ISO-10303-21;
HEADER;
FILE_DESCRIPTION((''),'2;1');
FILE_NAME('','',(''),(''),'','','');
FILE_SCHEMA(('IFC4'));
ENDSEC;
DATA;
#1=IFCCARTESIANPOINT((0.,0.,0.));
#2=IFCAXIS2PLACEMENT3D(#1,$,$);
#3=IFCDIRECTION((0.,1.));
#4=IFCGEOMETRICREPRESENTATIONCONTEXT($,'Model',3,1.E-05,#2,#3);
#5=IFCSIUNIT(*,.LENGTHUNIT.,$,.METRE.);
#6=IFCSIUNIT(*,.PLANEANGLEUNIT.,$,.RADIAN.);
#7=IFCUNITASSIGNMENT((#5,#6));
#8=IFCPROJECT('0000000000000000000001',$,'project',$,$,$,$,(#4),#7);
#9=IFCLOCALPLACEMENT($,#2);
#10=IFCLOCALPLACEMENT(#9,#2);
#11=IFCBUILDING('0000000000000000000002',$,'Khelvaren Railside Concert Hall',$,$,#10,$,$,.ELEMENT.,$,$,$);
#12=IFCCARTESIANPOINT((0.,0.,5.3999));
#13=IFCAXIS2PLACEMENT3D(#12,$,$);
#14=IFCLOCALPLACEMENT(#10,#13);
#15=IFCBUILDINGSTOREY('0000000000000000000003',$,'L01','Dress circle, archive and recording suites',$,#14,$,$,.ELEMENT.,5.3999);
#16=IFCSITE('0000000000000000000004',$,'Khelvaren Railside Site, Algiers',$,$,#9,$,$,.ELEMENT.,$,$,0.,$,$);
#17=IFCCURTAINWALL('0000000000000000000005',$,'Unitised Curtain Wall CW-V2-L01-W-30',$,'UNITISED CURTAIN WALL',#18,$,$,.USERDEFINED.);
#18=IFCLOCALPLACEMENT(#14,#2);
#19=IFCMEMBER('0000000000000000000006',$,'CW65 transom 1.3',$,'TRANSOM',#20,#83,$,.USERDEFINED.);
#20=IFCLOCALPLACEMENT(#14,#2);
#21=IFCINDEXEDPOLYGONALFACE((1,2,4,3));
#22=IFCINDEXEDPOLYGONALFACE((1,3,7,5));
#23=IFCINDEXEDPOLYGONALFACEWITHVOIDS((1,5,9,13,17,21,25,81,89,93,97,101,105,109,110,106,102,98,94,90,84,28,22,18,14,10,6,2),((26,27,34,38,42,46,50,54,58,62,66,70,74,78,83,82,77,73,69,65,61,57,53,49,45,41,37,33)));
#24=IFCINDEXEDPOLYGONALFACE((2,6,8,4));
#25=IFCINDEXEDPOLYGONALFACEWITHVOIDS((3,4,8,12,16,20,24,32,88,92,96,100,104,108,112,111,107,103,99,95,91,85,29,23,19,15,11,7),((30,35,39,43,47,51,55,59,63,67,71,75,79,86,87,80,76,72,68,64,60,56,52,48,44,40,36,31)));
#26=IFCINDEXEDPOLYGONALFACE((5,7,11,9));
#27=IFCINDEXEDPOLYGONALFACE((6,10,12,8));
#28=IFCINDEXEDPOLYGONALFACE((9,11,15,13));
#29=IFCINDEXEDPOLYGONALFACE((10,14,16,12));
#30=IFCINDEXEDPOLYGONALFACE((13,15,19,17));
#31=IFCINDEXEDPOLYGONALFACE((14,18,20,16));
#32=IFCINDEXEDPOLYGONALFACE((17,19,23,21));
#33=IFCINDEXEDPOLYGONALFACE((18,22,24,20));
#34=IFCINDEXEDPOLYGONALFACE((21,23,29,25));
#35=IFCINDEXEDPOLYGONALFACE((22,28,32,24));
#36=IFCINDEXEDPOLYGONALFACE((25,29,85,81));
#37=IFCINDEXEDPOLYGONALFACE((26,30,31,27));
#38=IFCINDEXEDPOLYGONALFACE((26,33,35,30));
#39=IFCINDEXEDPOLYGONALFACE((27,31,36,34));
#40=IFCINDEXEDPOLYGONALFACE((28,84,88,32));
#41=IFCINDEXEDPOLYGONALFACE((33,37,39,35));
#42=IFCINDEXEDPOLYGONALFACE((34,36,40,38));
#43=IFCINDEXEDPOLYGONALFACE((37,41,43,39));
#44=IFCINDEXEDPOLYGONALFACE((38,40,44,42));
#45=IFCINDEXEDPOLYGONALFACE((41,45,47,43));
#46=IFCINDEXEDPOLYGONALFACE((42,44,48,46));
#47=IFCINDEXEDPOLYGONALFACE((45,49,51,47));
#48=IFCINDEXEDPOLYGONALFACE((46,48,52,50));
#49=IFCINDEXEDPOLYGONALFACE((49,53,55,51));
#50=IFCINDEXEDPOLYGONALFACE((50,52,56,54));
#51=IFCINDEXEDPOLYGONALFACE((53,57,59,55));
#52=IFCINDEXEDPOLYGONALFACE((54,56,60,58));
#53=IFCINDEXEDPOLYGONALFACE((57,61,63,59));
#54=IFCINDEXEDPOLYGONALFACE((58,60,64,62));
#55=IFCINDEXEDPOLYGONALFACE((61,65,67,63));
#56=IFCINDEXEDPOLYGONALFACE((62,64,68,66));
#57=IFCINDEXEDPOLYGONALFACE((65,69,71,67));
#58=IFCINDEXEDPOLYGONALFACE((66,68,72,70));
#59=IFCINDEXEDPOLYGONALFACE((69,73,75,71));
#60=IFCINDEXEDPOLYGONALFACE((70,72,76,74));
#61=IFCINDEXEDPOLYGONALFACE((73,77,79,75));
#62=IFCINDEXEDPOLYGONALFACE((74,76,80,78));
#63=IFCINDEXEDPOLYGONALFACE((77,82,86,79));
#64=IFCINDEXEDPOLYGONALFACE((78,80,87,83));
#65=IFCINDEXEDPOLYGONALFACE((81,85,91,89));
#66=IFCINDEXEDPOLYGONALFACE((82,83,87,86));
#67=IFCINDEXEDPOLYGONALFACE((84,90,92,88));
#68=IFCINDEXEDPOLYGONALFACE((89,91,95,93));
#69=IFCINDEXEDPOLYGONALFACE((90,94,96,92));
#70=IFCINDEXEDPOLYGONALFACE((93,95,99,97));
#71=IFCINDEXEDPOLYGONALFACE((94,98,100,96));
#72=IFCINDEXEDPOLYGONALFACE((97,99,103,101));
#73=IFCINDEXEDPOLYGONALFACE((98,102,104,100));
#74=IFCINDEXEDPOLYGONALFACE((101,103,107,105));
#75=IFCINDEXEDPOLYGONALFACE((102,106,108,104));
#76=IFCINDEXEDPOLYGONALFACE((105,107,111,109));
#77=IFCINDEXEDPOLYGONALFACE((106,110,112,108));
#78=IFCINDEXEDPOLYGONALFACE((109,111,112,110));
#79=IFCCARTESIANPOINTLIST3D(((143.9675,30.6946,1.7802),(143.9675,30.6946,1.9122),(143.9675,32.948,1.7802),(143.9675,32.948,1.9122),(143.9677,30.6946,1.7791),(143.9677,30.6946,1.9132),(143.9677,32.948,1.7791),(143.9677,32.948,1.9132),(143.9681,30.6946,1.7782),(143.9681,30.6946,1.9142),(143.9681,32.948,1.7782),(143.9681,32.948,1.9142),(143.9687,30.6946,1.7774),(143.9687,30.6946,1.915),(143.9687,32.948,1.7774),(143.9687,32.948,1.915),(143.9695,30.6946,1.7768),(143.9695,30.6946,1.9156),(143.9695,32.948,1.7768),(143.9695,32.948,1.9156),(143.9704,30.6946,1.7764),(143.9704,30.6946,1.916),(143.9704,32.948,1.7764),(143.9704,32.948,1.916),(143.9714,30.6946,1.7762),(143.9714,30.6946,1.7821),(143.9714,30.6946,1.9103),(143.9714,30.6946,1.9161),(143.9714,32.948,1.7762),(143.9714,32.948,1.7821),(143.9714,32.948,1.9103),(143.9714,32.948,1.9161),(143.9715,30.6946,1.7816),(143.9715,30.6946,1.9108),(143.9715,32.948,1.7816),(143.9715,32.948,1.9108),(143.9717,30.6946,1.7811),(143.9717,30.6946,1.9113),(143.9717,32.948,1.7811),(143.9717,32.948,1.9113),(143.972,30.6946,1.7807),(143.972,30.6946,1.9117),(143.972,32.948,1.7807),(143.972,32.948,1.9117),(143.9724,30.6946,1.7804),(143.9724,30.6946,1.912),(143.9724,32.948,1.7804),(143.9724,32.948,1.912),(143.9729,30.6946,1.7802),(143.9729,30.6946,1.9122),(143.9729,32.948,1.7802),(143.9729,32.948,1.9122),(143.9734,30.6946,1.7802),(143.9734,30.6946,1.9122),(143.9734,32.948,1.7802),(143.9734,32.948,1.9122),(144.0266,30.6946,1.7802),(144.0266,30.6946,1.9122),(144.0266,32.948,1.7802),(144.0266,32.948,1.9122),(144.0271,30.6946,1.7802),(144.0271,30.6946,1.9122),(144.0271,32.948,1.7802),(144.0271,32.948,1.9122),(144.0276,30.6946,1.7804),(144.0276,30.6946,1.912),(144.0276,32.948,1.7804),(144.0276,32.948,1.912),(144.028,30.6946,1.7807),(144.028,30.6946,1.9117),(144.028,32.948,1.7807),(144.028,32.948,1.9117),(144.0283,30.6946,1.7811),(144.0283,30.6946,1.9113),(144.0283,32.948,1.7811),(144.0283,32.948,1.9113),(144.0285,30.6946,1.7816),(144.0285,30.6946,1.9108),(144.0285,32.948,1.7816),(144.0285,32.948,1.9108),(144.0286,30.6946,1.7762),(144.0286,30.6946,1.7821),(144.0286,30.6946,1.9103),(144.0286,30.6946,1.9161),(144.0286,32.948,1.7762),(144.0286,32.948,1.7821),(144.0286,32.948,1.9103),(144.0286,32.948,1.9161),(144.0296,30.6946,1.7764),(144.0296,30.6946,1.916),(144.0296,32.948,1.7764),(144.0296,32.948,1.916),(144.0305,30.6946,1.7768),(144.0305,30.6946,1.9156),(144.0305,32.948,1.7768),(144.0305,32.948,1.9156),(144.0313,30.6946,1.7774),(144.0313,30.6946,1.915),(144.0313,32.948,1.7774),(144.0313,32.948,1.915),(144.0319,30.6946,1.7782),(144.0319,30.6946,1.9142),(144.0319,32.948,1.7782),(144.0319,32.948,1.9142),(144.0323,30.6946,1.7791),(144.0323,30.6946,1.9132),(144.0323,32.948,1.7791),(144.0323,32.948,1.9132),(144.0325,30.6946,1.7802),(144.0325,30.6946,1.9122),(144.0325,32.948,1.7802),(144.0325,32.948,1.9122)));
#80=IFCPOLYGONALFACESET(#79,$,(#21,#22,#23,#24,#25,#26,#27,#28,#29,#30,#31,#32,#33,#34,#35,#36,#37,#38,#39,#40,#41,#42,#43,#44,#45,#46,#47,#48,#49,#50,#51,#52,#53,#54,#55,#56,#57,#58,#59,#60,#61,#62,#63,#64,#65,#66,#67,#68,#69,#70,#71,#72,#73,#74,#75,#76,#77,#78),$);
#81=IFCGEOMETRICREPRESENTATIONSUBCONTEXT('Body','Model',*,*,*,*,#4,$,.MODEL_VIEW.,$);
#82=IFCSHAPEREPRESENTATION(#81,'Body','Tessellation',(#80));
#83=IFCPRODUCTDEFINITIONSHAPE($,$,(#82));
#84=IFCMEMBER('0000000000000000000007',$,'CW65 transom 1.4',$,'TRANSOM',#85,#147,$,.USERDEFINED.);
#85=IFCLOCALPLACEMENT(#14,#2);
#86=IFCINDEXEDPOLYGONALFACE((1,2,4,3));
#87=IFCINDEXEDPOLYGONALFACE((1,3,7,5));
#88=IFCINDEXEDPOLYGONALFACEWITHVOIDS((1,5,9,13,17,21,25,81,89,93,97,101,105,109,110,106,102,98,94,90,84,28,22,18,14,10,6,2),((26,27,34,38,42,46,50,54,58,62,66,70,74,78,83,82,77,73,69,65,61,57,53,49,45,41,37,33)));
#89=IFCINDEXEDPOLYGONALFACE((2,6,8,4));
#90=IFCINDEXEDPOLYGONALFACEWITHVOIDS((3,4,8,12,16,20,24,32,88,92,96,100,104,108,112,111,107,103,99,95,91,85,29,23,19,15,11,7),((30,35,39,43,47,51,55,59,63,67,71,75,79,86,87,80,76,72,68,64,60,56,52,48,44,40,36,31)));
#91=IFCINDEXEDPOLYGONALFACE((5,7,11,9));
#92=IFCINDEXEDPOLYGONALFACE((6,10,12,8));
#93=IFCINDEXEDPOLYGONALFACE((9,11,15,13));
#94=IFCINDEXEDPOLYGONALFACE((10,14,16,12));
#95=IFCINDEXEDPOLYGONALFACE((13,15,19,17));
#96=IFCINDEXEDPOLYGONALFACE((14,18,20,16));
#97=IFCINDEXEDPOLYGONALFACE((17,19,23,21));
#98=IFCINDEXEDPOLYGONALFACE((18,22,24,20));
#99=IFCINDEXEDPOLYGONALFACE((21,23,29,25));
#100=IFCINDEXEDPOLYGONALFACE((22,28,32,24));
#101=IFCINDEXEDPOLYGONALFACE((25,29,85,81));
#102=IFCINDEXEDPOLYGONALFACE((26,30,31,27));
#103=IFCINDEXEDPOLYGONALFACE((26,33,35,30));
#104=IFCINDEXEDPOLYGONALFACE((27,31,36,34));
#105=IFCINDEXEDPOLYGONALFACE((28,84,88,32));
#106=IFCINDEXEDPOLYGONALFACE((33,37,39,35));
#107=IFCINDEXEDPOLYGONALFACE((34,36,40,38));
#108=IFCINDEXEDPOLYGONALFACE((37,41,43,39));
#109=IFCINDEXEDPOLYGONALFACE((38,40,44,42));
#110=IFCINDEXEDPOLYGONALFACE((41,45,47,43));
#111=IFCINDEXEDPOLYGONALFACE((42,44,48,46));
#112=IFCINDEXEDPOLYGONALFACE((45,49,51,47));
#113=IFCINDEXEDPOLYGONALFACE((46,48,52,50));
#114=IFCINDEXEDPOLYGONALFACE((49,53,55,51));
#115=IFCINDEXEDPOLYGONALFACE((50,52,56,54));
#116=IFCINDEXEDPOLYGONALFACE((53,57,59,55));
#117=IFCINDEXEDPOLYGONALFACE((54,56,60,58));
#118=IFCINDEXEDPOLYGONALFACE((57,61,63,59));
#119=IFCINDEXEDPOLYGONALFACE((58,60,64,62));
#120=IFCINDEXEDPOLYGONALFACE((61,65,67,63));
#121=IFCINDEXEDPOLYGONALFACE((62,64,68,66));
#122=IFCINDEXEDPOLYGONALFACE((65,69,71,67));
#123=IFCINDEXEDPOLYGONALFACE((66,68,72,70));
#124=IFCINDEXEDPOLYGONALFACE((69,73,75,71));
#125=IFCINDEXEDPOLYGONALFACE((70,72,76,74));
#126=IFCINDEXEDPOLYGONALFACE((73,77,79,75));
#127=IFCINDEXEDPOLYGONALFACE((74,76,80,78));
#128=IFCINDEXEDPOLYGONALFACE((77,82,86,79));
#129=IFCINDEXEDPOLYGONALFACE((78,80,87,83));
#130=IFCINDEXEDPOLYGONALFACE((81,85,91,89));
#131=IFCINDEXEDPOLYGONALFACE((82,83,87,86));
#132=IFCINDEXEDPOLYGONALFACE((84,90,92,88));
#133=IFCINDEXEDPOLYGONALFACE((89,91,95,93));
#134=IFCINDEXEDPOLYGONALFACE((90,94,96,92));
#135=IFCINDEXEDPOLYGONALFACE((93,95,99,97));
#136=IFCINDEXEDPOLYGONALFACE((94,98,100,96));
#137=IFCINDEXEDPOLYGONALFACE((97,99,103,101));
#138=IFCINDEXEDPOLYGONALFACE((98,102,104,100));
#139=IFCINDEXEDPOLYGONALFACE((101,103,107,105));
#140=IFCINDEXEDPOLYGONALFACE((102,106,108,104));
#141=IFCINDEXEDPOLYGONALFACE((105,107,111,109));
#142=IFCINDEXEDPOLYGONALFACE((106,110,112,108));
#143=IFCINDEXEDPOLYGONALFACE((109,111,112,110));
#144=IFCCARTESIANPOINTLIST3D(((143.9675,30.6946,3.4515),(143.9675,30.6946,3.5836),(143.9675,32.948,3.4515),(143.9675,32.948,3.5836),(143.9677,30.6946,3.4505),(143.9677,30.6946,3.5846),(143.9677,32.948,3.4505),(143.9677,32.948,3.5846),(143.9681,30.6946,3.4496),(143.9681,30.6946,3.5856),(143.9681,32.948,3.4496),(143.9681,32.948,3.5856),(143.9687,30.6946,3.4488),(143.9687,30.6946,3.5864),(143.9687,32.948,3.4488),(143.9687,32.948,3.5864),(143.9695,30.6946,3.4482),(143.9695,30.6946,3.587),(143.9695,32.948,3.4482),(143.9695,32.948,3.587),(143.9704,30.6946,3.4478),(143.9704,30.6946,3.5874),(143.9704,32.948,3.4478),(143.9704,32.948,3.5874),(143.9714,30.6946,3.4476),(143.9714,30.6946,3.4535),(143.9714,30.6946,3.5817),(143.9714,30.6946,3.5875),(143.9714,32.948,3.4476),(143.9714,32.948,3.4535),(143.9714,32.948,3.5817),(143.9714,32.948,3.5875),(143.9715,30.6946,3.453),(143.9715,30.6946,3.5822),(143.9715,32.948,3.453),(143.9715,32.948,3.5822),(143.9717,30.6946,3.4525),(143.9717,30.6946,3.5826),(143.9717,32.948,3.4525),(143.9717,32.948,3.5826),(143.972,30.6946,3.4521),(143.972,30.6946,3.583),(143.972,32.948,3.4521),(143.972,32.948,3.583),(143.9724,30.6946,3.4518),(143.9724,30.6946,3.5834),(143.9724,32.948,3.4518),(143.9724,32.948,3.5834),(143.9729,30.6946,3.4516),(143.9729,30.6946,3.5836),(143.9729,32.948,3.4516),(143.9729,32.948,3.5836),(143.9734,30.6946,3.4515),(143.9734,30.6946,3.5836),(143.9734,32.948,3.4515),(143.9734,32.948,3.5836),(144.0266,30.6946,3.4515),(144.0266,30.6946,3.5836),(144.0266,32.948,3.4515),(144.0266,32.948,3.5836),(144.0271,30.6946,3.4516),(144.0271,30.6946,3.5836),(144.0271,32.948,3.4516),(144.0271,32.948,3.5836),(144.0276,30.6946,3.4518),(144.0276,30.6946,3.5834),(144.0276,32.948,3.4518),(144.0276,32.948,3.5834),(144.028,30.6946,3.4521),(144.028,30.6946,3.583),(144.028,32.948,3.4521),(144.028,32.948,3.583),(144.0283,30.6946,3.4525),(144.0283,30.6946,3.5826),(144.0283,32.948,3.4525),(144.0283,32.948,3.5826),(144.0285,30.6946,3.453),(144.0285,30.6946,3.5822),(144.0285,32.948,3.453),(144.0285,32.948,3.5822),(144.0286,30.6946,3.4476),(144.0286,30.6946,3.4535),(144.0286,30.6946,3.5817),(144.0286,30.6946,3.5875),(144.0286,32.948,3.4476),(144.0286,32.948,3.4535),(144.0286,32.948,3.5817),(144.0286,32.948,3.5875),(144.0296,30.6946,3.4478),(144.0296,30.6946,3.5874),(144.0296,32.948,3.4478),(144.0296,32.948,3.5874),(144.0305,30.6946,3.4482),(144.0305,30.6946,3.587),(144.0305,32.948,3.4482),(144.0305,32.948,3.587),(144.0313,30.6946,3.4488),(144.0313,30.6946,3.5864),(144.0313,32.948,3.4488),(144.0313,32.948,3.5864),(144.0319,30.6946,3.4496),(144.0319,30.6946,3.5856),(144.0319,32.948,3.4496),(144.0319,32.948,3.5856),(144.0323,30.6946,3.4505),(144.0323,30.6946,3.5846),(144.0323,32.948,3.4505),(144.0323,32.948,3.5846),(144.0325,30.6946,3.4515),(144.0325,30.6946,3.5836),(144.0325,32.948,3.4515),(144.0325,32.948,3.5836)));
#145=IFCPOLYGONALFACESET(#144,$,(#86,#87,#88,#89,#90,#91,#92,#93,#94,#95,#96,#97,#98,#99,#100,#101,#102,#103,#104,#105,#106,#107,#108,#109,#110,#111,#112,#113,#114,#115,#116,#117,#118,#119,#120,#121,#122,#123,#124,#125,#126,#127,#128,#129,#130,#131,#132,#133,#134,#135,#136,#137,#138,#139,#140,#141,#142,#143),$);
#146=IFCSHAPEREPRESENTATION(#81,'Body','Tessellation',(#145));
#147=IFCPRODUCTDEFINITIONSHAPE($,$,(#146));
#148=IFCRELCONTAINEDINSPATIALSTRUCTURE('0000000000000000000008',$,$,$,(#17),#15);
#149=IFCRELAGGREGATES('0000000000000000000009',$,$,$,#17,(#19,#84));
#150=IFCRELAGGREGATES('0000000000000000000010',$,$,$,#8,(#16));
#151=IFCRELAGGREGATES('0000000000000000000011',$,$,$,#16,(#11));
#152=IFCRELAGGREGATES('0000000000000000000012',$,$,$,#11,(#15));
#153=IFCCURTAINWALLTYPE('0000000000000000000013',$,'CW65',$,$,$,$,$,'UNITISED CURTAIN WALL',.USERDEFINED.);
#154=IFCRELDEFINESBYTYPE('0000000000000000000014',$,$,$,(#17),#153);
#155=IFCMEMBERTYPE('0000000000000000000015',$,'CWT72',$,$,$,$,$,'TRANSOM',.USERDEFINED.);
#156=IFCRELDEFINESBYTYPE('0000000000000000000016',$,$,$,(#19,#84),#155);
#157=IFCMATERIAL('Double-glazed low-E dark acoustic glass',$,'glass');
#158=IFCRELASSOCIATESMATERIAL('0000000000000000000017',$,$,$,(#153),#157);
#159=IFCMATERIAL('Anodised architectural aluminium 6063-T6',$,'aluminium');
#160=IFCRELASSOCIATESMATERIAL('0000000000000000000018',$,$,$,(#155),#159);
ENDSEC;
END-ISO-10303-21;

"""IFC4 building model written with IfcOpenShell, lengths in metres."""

from ifc_helpers import new_model, si_unit, direction, frame, origin, origin_2d, place, context, subcontext, project, spatial, hollow_rectangle, extrude, material, material_profile, profile_set, type_object, element, aggregate, save


model = new_model("IFC4")

# Units and contexts
model_context = context("Model", 3, precision=1e-05, world=origin(), true_north=direction((0.0, 1.0)))
body_context = subcontext(model_context, "Body", "Model", "MODEL_VIEW")
ifc_project = project(units=[si_unit("LENGTHUNIT", "METRE"), si_unit("PLANEANGLEUNIT", "RADIAN")], contexts=[model_context])

# Site, building, storey
site_placement = place(None, origin())
site = spatial("IfcSite", under=ifc_project, at=site_placement, Name="Khelvaren Railside Site, Algiers", CompositionType="ELEMENT", RefElevation=0.0)
building_placement = place(site_placement, origin())
building = spatial("IfcBuilding", under=site, at=building_placement, Name="Khelvaren Railside Concert Hall", CompositionType="ELEMENT")
storey_placement = place(building_placement, frame((0.0, 0.0, 5.3999)))
storey = spatial("IfcBuildingStorey", under=building, at=storey_placement, Name="L01", Description="Dress circle, archive and recording suites", CompositionType="ELEMENT", Elevation=5.3999)

# Shared definitions
ifc_material_1 = material(Name="Anodised architectural aluminium 6063-T6", Category="aluminium")

# Curtain wall, members
ifc_material_2 = material(Name="Double-glazed low-E dark acoustic glass", Category="glass")
curtain_wall_type_1 = type_object("IfcCurtainWallType", Name="CW65", ElementType="UNITISED CURTAIN WALL", PredefinedType="USERDEFINED", material=ifc_material_2)
curtain_wall_1_placement = place(storey_placement, origin())
curtain_wall_1 = element("IfcCurtainWall", 1, at=curtain_wall_1_placement, inside=storey, type_object=curtain_wall_type_1, Name="Unitised Curtain Wall CW-V2-L01-W-30", ObjectType="UNITISED CURTAIN WALL", PredefinedType="USERDEFINED")
ifc_material_profile_1 = material_profile(ifc_material_1, hollow_rectangle(XDim=0.0649, YDim=0.1399, WallThickness=0.0039, InnerFilletRadius=0.002, OuterFilletRadius=0.0039, at=origin_2d()), Name="CWT 65x140x4")
ifc_profile_set_1 = profile_set([ifc_material_profile_1], Name="Anodised architectural aluminium 6063-T6")
member_type_1 = type_object("IfcMemberType", Name="CWT72", ElementType="TRANSOM", PredefinedType="USERDEFINED", material=ifc_profile_set_1)
member_1_placement = place(storey_placement, frame((144.0, 30.6946, 1.8462), z_axis=(0.0, 1.0, 0.0), x_axis=(-1.0, 0.0, 0.0)))
member_1 = element("IfcMember", 2, at=member_1_placement, type_object=member_type_1, Name="CW65 transom 1.3", ObjectType="TRANSOM", PredefinedType="USERDEFINED", context=body_context, shape_type="SweptSolid", body=[
    extrude(hollow_rectangle(XDim=0.0649, YDim=0.1399, WallThickness=0.0039, InnerFilletRadius=0.002, OuterFilletRadius=0.0039, at=origin_2d()), origin(), (0.0, 0.0, 1.0), 2.2534),
])
member_2_placement = place(storey_placement, frame((144.0, 30.6946, 3.5176), z_axis=(0.0, 1.0, 0.0), x_axis=(-1.0, 0.0, 0.0)))
member_2 = element("IfcMember", 3, at=member_2_placement, type_object=member_type_1, Name="CW65 transom 1.4", ObjectType="TRANSOM", PredefinedType="USERDEFINED", context=body_context, shape_type="SweptSolid", body=[
    extrude(hollow_rectangle(XDim=0.0649, YDim=0.1399, WallThickness=0.0039, InnerFilletRadius=0.002, OuterFilletRadius=0.0039, at=origin_2d()), origin(), (0.0, 0.0, 1.0), 2.2534),
])

aggregate(curtain_wall_1, [member_1, member_2])

save(model, "model.ifc")
